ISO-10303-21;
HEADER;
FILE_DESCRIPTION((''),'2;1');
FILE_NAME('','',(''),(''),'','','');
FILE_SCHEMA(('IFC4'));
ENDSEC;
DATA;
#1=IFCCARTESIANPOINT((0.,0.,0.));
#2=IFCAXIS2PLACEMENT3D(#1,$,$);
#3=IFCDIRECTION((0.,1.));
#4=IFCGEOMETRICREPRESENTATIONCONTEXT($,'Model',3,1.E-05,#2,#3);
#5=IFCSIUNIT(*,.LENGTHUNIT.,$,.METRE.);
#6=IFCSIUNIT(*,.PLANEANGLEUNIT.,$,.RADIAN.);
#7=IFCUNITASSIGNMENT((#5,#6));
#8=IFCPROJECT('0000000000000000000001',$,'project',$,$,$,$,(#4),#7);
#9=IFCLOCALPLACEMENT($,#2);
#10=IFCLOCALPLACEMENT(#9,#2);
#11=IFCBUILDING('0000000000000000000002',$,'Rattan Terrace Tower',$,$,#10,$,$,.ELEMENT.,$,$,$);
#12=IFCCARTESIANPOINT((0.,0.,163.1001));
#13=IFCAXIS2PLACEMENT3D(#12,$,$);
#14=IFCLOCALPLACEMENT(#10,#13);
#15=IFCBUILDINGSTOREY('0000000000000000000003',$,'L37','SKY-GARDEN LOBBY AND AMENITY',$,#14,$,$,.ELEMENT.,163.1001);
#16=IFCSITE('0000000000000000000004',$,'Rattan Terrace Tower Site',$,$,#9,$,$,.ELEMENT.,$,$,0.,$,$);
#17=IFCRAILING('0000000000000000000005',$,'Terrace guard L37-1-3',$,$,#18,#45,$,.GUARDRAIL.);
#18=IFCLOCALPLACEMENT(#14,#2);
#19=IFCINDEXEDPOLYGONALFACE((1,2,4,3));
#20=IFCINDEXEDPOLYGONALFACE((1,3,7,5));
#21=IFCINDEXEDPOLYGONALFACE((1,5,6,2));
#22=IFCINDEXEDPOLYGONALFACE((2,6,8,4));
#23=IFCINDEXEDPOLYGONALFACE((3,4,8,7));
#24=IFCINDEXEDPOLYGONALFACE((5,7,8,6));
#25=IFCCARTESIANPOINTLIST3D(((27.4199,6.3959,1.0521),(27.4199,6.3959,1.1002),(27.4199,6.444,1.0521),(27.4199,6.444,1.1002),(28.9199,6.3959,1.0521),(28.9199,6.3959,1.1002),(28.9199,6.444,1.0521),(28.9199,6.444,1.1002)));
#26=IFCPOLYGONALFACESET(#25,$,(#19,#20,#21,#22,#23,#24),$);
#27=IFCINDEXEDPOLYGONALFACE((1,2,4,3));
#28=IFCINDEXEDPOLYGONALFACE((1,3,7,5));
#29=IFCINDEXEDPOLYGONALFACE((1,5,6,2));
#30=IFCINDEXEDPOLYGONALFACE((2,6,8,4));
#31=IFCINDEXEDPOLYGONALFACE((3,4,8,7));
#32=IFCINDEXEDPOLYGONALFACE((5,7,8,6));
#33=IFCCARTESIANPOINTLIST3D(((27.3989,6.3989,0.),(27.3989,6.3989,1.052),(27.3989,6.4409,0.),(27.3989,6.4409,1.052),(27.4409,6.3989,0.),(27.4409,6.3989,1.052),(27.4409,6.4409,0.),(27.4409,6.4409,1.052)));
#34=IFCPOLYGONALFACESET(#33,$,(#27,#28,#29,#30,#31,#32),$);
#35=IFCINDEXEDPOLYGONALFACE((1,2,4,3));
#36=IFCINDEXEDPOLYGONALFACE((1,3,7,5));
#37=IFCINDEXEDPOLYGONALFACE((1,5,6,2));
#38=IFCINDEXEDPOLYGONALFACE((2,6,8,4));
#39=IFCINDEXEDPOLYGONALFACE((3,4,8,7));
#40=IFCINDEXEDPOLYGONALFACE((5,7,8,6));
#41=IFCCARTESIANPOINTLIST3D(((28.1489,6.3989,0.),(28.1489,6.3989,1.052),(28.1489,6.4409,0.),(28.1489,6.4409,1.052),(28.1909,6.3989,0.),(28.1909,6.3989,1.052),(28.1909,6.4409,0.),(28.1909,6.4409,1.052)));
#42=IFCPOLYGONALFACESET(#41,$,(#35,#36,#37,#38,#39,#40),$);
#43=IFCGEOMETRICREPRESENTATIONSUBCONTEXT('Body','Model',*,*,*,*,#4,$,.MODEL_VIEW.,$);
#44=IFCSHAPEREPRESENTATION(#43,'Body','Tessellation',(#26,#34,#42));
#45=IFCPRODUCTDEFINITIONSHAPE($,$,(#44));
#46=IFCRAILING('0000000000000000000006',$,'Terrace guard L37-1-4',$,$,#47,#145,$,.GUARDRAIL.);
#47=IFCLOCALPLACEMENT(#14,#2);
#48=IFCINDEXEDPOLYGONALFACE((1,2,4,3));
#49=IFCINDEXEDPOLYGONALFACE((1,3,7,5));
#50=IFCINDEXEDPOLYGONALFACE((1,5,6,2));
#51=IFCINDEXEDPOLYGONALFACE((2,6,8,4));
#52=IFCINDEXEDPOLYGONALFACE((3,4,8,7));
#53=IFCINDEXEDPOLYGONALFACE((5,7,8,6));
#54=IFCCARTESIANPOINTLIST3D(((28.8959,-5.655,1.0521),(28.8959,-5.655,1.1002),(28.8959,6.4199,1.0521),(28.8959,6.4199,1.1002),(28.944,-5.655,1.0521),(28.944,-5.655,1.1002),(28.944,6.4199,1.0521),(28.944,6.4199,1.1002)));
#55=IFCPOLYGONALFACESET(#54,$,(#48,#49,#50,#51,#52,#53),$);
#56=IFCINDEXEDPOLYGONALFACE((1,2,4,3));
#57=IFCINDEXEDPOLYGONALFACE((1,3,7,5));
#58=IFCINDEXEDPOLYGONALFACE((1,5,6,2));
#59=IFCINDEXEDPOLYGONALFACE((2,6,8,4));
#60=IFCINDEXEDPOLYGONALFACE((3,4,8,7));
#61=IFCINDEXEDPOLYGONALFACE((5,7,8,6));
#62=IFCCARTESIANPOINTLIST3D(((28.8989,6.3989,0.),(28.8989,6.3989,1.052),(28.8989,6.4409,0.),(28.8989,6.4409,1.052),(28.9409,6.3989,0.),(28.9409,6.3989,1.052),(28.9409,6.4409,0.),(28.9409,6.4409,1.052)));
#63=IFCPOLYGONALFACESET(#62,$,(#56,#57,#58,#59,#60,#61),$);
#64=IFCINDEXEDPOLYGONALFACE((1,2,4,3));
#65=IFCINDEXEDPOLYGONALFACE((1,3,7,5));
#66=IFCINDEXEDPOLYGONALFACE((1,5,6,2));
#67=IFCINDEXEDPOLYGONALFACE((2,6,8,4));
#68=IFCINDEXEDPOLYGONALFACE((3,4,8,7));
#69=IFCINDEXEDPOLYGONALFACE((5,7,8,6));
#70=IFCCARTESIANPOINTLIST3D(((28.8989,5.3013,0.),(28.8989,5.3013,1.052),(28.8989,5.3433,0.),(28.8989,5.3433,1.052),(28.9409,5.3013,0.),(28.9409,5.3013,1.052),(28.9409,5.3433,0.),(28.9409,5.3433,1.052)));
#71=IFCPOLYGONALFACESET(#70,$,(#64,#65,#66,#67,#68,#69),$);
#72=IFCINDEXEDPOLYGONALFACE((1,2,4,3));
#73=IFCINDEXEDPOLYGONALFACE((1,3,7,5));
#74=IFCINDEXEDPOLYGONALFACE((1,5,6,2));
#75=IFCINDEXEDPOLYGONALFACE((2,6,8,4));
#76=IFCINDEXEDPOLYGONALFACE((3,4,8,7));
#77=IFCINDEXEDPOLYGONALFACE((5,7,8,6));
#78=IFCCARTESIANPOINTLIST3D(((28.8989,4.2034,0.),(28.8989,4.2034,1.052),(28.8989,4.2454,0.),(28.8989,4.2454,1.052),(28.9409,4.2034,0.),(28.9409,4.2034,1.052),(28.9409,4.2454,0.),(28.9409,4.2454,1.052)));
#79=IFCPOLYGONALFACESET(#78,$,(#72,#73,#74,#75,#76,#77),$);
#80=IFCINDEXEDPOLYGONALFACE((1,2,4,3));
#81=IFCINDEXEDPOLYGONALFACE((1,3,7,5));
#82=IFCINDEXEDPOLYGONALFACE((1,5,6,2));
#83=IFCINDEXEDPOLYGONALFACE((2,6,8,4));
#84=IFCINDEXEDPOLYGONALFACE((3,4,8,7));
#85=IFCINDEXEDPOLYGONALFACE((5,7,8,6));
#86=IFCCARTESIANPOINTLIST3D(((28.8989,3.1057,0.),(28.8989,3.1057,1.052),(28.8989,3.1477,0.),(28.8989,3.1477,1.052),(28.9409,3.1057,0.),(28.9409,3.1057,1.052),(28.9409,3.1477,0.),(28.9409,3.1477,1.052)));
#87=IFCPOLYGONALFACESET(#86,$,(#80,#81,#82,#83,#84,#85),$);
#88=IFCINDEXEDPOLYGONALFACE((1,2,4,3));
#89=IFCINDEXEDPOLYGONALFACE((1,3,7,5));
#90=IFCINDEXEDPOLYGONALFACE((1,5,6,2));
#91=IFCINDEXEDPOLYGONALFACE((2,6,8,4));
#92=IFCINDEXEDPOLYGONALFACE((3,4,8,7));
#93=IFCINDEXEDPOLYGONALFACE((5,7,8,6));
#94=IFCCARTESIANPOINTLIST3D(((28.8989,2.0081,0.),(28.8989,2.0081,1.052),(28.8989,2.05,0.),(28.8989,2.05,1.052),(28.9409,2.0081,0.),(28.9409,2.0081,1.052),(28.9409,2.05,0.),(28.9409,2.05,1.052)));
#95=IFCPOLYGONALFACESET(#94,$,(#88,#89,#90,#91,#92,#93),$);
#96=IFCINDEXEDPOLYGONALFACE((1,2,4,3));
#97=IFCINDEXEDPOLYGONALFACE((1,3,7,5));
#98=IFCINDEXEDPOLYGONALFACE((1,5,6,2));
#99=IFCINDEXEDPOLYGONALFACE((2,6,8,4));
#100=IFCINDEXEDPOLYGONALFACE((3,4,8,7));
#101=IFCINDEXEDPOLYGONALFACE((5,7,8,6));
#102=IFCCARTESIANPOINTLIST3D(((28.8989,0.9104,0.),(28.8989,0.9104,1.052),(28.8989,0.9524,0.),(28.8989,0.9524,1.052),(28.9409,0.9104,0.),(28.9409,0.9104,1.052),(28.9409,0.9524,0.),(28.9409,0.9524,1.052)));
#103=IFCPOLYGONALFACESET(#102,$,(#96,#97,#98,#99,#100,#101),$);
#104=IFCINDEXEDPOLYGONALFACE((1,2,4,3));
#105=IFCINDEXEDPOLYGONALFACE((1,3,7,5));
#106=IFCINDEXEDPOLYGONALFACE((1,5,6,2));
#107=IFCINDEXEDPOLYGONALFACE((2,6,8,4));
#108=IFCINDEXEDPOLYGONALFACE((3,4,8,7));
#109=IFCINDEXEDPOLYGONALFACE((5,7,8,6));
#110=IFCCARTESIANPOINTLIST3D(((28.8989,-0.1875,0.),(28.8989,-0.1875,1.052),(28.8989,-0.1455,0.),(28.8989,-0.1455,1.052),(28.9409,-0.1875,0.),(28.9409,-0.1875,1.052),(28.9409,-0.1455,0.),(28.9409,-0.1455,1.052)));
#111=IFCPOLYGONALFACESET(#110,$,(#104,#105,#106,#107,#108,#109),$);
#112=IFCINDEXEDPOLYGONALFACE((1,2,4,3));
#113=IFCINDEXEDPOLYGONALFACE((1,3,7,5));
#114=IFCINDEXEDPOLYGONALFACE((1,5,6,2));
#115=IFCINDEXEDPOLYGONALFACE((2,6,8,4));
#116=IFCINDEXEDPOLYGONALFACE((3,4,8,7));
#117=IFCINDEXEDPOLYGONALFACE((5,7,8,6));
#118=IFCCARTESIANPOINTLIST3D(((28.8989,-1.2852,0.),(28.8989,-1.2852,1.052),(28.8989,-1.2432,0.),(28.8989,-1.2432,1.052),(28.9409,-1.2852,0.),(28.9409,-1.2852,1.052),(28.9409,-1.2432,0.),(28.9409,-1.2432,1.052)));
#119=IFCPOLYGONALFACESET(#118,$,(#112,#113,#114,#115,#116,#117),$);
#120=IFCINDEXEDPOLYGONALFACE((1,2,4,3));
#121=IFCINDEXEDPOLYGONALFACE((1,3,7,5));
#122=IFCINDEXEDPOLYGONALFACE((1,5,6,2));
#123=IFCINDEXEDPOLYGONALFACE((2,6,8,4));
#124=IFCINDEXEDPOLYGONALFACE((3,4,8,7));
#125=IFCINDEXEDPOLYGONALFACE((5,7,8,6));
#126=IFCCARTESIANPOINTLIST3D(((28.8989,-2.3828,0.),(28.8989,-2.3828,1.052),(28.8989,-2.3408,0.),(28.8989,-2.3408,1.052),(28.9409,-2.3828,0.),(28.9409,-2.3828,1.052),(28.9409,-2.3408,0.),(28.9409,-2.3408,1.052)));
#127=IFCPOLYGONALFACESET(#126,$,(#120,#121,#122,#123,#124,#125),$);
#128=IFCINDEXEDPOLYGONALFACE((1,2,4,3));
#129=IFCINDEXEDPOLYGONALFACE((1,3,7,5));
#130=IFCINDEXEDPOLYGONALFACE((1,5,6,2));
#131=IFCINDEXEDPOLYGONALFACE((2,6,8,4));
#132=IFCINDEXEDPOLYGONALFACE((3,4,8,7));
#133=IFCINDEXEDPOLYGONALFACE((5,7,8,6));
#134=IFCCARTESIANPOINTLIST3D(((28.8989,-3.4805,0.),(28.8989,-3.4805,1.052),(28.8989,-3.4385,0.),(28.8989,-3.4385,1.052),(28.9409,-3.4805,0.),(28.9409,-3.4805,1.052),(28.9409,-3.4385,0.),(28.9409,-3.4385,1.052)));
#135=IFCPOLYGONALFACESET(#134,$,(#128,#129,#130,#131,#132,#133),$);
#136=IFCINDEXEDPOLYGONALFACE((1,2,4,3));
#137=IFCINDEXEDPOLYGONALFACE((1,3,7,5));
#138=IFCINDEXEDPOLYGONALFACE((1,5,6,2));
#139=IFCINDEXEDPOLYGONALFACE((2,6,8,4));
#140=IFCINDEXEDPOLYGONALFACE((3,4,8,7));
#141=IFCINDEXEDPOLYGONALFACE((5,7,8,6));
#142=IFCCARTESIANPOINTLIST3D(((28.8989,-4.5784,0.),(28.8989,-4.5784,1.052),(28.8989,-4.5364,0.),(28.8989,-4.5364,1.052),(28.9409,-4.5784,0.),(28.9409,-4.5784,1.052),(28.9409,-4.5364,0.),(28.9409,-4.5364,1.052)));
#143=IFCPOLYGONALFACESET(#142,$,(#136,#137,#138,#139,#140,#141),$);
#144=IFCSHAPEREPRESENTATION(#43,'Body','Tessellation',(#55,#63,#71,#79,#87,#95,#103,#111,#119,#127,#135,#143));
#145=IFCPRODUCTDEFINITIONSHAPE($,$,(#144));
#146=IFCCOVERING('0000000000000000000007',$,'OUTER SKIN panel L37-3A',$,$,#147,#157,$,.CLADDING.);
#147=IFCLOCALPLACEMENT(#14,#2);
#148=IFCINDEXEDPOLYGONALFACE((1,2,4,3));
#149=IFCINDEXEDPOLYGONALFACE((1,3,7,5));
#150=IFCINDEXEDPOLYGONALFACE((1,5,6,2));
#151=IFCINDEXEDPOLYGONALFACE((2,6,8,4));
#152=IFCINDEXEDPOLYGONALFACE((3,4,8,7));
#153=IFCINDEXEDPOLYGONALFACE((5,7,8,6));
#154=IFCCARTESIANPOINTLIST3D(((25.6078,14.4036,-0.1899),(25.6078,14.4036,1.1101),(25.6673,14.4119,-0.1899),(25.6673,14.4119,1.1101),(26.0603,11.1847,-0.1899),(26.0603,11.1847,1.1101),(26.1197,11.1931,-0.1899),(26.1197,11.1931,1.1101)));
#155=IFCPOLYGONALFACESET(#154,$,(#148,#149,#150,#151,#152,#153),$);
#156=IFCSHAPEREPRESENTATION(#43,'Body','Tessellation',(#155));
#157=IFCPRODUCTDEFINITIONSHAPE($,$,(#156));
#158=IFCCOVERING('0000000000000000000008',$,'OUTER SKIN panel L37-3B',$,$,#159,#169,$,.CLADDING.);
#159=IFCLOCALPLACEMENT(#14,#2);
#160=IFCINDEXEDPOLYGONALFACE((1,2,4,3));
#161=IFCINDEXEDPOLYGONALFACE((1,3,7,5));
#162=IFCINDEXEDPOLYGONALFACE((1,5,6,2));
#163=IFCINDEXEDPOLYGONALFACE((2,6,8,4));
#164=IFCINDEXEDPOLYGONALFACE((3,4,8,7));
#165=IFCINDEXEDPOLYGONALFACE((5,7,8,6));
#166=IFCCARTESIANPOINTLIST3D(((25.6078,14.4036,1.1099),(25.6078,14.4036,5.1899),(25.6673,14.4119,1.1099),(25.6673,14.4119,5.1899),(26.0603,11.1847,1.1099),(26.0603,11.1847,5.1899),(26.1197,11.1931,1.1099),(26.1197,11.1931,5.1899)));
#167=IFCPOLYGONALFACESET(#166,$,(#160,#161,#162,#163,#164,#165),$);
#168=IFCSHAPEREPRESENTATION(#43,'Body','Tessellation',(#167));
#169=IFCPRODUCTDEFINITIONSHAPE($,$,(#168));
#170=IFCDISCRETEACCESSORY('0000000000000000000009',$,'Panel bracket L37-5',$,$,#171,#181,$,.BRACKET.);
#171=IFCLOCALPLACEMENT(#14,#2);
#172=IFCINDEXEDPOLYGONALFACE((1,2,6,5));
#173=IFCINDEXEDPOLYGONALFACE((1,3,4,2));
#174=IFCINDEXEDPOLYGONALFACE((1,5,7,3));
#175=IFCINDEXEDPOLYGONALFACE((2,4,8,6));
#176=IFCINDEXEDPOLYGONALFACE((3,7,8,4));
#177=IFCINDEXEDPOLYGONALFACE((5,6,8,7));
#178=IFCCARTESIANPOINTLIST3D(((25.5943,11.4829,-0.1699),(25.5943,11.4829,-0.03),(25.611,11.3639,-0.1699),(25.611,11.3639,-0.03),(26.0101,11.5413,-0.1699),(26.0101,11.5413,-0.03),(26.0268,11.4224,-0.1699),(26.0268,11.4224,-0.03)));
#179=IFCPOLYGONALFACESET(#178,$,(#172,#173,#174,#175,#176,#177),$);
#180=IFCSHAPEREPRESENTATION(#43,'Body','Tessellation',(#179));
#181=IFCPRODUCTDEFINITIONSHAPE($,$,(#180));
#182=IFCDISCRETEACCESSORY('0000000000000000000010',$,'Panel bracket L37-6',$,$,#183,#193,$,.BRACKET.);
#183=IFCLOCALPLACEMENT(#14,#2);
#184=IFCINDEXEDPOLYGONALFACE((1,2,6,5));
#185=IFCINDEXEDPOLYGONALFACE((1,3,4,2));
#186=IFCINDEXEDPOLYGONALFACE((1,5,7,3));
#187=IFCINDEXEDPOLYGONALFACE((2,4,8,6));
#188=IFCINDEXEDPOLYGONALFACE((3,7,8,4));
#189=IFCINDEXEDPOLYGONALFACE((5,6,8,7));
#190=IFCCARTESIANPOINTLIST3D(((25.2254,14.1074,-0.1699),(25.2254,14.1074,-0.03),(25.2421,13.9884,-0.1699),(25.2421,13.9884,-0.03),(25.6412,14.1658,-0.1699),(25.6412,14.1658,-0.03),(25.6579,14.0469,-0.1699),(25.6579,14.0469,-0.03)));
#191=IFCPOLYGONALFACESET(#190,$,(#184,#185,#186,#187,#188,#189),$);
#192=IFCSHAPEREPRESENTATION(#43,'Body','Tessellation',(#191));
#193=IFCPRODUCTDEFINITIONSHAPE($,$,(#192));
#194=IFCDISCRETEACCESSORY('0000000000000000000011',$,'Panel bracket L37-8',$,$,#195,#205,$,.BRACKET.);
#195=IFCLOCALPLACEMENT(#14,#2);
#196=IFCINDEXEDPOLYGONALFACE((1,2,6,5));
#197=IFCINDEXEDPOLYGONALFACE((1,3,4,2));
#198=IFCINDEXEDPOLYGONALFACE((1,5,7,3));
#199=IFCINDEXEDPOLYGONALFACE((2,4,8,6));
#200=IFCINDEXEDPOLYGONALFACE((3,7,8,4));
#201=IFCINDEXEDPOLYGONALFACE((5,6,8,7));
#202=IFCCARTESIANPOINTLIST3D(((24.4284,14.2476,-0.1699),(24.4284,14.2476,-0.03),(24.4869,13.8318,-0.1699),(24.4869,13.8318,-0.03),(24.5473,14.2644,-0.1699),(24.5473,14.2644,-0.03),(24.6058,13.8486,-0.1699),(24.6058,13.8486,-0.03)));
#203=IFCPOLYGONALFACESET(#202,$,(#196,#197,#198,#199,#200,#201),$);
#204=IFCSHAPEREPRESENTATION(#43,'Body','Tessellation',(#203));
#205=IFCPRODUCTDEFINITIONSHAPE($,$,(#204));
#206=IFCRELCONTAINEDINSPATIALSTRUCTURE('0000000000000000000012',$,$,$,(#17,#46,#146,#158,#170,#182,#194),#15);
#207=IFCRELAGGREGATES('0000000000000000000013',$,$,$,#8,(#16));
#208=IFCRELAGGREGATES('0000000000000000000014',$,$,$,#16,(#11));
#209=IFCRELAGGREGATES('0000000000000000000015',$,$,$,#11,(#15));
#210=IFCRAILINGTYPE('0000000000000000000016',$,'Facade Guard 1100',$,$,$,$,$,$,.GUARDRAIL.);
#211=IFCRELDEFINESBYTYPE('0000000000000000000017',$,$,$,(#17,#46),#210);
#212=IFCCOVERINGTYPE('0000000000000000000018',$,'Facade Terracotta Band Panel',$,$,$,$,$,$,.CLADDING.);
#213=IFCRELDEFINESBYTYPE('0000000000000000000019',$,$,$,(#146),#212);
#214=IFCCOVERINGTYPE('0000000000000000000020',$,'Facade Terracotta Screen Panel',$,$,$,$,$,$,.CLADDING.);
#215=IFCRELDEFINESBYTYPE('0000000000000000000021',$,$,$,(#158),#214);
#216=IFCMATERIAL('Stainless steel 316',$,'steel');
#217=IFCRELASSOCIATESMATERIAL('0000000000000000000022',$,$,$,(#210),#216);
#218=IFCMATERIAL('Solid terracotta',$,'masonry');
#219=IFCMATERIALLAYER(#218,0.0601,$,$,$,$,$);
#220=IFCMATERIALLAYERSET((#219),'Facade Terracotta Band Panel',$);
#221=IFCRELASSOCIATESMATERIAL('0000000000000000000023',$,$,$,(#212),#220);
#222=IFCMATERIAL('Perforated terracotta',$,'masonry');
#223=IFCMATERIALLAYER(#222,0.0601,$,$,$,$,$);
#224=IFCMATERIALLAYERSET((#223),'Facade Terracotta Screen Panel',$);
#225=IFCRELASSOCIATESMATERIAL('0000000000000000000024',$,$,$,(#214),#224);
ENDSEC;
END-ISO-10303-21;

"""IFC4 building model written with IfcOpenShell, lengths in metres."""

from ifc_helpers import new_model, si_unit, direction, frame, origin, origin_2d, place, context, subcontext, project, spatial, rectangle, extrude, material, layer, layer_set, type_object, element, save


model = new_model("IFC4")

# Units and contexts
model_context = context("Model", 3, precision=1e-05, world=origin(), true_north=direction((0.0, 1.0)))
body_context = subcontext(model_context, "Body", "Model", "MODEL_VIEW")
ifc_project = project(units=[si_unit("LENGTHUNIT", "METRE"), si_unit("PLANEANGLEUNIT", "RADIAN")], contexts=[model_context])

# Site, building, storey
site_placement = place(None, origin())
site = spatial("IfcSite", under=ifc_project, at=site_placement, Name="Rattan Terrace Tower Site", CompositionType="ELEMENT", RefElevation=0.0)
building_placement = place(site_placement, origin())
building = spatial("IfcBuilding", under=site, at=building_placement, Name="Rattan Terrace Tower", CompositionType="ELEMENT")
storey_placement = place(building_placement, frame((0.0, 0.0, 163.1001)))
storey = spatial("IfcBuildingStorey", under=building, at=storey_placement, Name="L37", Description="SKY-GARDEN LOBBY AND AMENITY", CompositionType="ELEMENT", Elevation=163.1001)

# Railings
ifc_material_1 = material(Name="Stainless steel 316", Category="steel")
railing_type = type_object("IfcRailingType", Name="Facade Guard 1100", PredefinedType="GUARDRAIL", material=ifc_material_1)
railing_1_placement = place(storey_placement, frame((27.4199, 6.4199, 0.0)))
element("IfcRailing", 1, at=railing_1_placement, inside=storey, type_object=railing_type, Name="Terrace guard L37-1-3", PredefinedType="GUARDRAIL", context=body_context, shape_type="SweptSolid", body=[
    extrude(rectangle(XDim=0.0481, YDim=0.0481, at=origin_2d()), frame((0.0, 0.0, 1.0762), z_axis=(1.0, 0.0, 0.0), x_axis=(0.0, 1.0, 0.0)), (0.0, 0.0, 1.0), 1.5),
    extrude(rectangle(XDim=0.042, YDim=0.042, at=origin_2d()), origin(), (0.0, 0.0, 1.0), 1.052),
    extrude(rectangle(XDim=0.042, YDim=0.042, at=origin_2d()), frame((0.75, 0.0, 0.0)), (0.0, 0.0, 1.0), 1.052),
])
railing_2_placement = place(storey_placement, frame((28.9199, 6.4199, 0.0)))
element("IfcRailing", 2, at=railing_2_placement, inside=storey, type_object=railing_type, Name="Terrace guard L37-1-4", PredefinedType="GUARDRAIL", context=body_context, shape_type="SweptSolid", body=[
    extrude(rectangle(XDim=0.0481, YDim=0.0481, at=origin_2d()), frame((0.0, 0.0, 1.0762), z_axis=(0.0, -1.0, 0.0), x_axis=(1.0, 0.0, 0.0)), (0.0, 0.0, 1.0), 12.075),
    extrude(rectangle(XDim=0.042, YDim=0.042, at=origin_2d()), origin(), (0.0, 0.0, 1.0), 1.052),
    extrude(rectangle(XDim=0.042, YDim=0.042, at=origin_2d()), frame((0.0, -1.0977, 0.0)), (0.0, 0.0, 1.0), 1.052),
    extrude(rectangle(XDim=0.042, YDim=0.042, at=origin_2d()), frame((0.0, -2.1956, 0.0)), (0.0, 0.0, 1.0), 1.052),
    extrude(rectangle(XDim=0.042, YDim=0.042, at=origin_2d()), frame((0.0, -3.2932, 0.0)), (0.0, 0.0, 1.0), 1.052),
    extrude(rectangle(XDim=0.042, YDim=0.042, at=origin_2d()), frame((0.0, -4.3909, 0.0)), (0.0, 0.0, 1.0), 1.052),
    extrude(rectangle(XDim=0.042, YDim=0.042, at=origin_2d()), frame((0.0, -5.4885, 0.0)), (0.0, 0.0, 1.0), 1.052),
    extrude(rectangle(XDim=0.042, YDim=0.042, at=origin_2d()), frame((0.0, -6.5864, 0.0)), (0.0, 0.0, 1.0), 1.052),
    extrude(rectangle(XDim=0.042, YDim=0.042, at=origin_2d()), frame((0.0, -7.6841, 0.0)), (0.0, 0.0, 1.0), 1.052),
    extrude(rectangle(XDim=0.042, YDim=0.042, at=origin_2d()), frame((0.0, -8.7817, 0.0)), (0.0, 0.0, 1.0), 1.052),
    extrude(rectangle(XDim=0.042, YDim=0.042, at=origin_2d()), frame((0.0, -9.8794, 0.0)), (0.0, 0.0, 1.0), 1.052),
    extrude(rectangle(XDim=0.042, YDim=0.042, at=origin_2d()), frame((0.0, -10.9773, 0.0)), (0.0, 0.0, 1.0), 1.052),
])

# Coverings
ifc_material_2 = material(Name="Solid terracotta", Category="masonry")
ifc_layer_1 = layer(ifc_material_2, 0.0601)
ifc_layer_set_1 = layer_set([ifc_layer_1], Name="Facade Terracotta Band Panel")
covering_type_1 = type_object("IfcCoveringType", Name="Facade Terracotta Band Panel", PredefinedType="CLADDING", material=ifc_layer_set_1)
covering_1_placement = place(storey_placement, frame((25.8638, 12.7983, -0.1899), z_axis=(0.0, 0.0, 1.0), x_axis=(-0.139191, 0.990266, 0.0)))
element("IfcCovering", 3, at=covering_1_placement, inside=storey, type_object=covering_type_1, Name="OUTER SKIN panel L37-3A", PredefinedType="CLADDING", context=body_context, shape_type="SweptSolid", body=[
    extrude(rectangle(XDim=3.2505, YDim=0.0601, at=origin_2d()), origin(), (0.0, 0.0, 1.0), 1.3),
])
ifc_material_3 = material(Name="Perforated terracotta", Category="masonry")
ifc_layer_2 = layer(ifc_material_3, 0.0601)
ifc_layer_set_2 = layer_set([ifc_layer_2], Name="Facade Terracotta Screen Panel")
covering_type_2 = type_object("IfcCoveringType", Name="Facade Terracotta Screen Panel", PredefinedType="CLADDING", material=ifc_layer_set_2)
covering_2_placement = place(storey_placement, frame((25.8638, 12.7983, 1.1099), z_axis=(0.0, 0.0, 1.0), x_axis=(-0.139191, 0.990266, 0.0)))
element("IfcCovering", 4, at=covering_2_placement, inside=storey, type_object=covering_type_2, Name="OUTER SKIN panel L37-3B", PredefinedType="CLADDING", context=body_context, shape_type="SweptSolid", body=[
    extrude(rectangle(XDim=3.2505, YDim=0.0601, at=origin_2d()), origin(), (0.0, 0.0, 1.0), 4.0801),
])

# Discrete accessories
for number, where, z_axis, x_axis, name in (
    (5, (25.8105, 11.4526, -0.1699), (0.0, 0.0, 1.0), (-0.139191, 0.990266, 0.0), "Panel bracket L37-5"),
    (6, (25.4417, 14.0771, -0.1699), (0.0, 0.0, 1.0), (-0.139191, 0.990266, 0.0), "Panel bracket L37-6"),
    (7, (24.5171, 14.0481, -0.1699), (0.0, 0.0, 1.0), (-0.990241, -0.139367, 0.0), "Panel bracket L37-8"),
):
    element("IfcDiscreteAccessory", number, at=place(storey_placement, frame(where, z_axis=z_axis, x_axis=x_axis)), inside=storey, Name=name, PredefinedType="BRACKET", context=body_context, shape_type="SweptSolid", body=[
        extrude(rectangle(XDim=0.1201, YDim=0.4199, at=origin_2d()), origin(), (0.0, 0.0, 1.0), 0.1399),
    ])

save(model, "model.ifc")
